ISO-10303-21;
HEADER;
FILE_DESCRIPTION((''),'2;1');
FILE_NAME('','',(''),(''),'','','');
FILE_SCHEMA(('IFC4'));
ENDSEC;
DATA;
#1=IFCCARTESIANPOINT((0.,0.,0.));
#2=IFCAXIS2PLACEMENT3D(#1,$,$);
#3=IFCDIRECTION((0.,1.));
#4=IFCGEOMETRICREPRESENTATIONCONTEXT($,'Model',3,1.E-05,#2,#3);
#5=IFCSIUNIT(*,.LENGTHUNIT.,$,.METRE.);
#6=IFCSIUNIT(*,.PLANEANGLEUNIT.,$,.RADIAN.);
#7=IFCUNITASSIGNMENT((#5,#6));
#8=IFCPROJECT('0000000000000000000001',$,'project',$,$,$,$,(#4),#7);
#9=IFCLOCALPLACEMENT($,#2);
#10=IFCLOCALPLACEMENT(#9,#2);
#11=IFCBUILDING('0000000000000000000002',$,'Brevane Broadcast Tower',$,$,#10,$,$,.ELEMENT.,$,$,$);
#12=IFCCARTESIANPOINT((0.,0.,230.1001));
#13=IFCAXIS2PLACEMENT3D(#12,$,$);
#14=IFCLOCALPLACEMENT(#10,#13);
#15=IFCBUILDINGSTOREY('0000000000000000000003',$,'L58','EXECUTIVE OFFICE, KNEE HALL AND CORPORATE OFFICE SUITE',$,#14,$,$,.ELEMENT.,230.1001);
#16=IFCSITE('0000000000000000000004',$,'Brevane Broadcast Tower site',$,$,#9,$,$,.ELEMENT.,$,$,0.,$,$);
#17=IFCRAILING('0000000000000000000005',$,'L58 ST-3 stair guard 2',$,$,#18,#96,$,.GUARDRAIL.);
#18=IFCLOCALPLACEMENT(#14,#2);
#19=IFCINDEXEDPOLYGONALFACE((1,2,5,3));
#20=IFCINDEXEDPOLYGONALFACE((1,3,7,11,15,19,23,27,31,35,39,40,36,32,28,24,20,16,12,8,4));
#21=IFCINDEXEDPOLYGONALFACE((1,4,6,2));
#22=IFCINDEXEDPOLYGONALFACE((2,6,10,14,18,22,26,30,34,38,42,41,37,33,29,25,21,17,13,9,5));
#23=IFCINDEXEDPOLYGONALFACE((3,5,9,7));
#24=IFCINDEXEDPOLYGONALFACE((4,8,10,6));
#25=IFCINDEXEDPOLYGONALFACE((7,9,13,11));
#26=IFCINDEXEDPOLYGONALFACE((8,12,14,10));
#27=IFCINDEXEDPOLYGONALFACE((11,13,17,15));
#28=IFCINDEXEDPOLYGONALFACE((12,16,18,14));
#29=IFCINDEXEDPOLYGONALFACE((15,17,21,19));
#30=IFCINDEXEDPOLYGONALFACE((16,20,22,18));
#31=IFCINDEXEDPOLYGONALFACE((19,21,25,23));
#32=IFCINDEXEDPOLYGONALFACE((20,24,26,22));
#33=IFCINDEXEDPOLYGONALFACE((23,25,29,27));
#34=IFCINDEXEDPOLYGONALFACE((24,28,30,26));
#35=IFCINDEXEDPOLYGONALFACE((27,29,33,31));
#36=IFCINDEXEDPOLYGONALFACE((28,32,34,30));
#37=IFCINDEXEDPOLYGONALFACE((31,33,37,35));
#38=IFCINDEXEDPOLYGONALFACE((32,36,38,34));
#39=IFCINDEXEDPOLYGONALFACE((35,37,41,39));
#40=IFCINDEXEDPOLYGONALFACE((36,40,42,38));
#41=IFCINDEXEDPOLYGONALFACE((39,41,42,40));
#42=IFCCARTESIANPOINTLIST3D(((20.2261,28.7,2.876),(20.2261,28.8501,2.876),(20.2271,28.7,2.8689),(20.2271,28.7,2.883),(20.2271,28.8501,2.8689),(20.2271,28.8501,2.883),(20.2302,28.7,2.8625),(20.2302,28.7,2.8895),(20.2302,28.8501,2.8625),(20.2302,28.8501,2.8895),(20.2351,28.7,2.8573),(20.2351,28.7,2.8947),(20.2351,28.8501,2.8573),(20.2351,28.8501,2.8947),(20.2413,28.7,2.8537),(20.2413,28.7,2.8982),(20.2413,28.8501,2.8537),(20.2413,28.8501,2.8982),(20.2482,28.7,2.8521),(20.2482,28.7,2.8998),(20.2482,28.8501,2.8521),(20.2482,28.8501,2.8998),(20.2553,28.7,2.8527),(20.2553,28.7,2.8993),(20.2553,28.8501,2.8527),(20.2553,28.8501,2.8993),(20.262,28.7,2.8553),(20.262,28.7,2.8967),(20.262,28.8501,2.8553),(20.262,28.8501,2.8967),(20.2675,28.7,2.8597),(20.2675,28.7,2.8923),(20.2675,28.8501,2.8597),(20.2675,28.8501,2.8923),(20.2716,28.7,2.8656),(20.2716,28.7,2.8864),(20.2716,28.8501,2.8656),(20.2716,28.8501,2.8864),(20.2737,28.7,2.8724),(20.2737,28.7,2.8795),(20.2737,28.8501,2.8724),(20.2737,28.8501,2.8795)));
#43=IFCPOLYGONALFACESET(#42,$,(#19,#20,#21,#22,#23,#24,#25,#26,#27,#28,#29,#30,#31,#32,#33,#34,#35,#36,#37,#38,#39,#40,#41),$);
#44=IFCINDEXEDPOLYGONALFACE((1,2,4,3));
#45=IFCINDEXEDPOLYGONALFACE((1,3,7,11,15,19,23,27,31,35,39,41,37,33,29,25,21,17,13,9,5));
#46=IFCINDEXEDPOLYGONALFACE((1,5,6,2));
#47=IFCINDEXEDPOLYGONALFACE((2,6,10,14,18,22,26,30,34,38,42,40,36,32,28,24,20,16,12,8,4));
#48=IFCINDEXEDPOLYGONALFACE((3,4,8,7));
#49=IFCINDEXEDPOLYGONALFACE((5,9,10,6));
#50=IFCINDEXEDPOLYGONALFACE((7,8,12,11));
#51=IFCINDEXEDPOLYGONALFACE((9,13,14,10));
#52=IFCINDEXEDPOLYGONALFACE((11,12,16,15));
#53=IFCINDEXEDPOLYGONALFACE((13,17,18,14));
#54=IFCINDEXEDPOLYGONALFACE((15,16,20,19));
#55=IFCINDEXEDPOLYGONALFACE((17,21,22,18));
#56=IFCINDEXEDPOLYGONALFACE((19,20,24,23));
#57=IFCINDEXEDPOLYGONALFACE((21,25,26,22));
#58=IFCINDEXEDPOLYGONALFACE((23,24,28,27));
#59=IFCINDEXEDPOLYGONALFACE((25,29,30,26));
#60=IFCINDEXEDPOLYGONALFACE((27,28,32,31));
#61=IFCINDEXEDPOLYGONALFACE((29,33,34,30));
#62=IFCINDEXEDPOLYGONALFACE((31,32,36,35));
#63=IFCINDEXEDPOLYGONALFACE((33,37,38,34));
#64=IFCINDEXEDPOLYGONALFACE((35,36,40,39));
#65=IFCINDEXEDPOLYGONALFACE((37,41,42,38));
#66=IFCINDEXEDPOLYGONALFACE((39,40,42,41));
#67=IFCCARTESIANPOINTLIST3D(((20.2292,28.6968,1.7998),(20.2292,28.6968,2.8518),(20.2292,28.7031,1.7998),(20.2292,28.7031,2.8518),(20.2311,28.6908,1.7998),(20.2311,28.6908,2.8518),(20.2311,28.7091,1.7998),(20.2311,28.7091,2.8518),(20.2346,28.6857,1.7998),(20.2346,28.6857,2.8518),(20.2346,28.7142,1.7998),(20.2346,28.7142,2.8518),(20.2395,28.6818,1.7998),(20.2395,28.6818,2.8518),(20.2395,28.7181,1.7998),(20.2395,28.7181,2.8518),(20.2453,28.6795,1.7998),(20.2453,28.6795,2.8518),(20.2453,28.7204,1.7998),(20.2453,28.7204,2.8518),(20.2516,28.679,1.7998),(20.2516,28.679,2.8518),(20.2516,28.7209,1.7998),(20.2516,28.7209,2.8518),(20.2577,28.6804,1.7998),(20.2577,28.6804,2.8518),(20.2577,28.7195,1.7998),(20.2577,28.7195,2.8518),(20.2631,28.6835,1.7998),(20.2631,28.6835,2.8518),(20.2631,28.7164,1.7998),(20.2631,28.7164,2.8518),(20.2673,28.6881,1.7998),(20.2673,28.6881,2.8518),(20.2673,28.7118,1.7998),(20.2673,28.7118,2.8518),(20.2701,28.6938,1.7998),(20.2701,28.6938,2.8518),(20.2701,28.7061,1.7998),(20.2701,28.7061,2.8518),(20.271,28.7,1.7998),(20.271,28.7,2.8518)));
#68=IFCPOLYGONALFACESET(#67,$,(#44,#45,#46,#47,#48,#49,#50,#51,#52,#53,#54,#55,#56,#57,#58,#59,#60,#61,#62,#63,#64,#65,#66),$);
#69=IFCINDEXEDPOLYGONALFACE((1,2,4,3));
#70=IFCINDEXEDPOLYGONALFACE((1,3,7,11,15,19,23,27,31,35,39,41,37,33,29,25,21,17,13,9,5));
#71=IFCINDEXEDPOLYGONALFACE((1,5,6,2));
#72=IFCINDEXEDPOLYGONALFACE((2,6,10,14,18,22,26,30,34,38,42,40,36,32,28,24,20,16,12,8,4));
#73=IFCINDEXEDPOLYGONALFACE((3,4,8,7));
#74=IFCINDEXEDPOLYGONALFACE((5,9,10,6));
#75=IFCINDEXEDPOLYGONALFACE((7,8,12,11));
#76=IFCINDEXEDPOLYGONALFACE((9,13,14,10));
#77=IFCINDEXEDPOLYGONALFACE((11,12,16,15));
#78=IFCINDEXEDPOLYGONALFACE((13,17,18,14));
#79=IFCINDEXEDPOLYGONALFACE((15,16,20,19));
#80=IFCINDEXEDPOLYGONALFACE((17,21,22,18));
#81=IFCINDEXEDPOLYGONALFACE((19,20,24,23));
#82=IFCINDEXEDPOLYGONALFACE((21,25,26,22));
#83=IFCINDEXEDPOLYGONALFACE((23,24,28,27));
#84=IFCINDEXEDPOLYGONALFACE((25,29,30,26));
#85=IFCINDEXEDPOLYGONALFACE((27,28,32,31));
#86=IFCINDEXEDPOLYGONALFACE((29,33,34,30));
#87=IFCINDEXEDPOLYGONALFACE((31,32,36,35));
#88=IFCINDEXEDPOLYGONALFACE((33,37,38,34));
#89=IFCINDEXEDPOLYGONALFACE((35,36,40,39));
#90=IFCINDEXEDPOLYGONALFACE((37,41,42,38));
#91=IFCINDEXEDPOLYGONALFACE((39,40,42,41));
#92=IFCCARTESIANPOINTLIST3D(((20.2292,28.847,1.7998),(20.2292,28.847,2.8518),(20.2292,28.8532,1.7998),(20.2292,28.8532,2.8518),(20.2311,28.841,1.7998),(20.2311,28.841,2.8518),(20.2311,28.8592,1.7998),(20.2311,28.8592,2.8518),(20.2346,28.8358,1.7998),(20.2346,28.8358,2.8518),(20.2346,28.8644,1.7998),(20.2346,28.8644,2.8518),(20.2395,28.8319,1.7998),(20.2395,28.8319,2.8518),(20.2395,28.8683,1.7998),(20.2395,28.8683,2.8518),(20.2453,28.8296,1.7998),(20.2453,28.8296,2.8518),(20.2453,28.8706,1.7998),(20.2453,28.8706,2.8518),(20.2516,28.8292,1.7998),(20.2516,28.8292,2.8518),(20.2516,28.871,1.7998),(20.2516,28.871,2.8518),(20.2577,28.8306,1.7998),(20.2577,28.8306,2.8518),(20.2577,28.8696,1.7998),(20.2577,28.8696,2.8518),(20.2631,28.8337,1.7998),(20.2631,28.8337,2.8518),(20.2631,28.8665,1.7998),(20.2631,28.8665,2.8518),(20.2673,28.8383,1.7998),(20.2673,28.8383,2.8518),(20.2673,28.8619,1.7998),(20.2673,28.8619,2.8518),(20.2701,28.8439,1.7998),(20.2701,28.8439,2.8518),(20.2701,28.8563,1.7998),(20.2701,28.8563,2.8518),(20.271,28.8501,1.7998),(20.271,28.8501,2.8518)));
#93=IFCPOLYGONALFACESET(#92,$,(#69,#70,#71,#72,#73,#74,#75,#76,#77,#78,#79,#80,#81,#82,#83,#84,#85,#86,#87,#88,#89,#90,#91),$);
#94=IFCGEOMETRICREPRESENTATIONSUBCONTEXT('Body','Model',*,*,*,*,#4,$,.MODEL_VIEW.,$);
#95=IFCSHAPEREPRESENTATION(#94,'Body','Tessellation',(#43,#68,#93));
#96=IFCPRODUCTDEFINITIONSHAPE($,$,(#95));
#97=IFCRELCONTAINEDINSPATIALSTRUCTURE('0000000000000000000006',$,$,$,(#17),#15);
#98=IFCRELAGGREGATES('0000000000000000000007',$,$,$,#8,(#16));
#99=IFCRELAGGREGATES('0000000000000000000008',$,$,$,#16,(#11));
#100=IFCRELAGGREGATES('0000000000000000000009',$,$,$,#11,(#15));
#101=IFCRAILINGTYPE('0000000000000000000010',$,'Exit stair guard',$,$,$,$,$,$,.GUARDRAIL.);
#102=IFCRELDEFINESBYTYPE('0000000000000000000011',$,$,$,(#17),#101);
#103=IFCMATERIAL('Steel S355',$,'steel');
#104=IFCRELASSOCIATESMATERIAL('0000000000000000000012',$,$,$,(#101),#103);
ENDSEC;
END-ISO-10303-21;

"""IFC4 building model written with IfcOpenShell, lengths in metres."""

from ifc_helpers import new_model, si_unit, direction, frame, origin, origin_2d, place, context, subcontext, project, spatial, circle, extrude, material, type_object, element, save


model = new_model("IFC4")

# Units and contexts
model_context = context("Model", 3, precision=1e-05, world=origin(), true_north=direction((0.0, 1.0)))
body_context = subcontext(model_context, "Body", "Model", "MODEL_VIEW")
ifc_project = project(units=[si_unit("LENGTHUNIT", "METRE"), si_unit("PLANEANGLEUNIT", "RADIAN")], contexts=[model_context])

# Site, building, storey
site_placement = place(None, origin())
site = spatial("IfcSite", under=ifc_project, at=site_placement, Name="Brevane Broadcast Tower site", CompositionType="ELEMENT", RefElevation=0.0)
building_placement = place(site_placement, origin())
building = spatial("IfcBuilding", under=site, at=building_placement, Name="Brevane Broadcast Tower", CompositionType="ELEMENT")
storey_placement = place(building_placement, frame((0.0, 0.0, 230.1001)))
storey = spatial("IfcBuildingStorey", under=building, at=storey_placement, Name="L58", Description="EXECUTIVE OFFICE, KNEE HALL AND CORPORATE OFFICE SUITE", CompositionType="ELEMENT", Elevation=230.1001)

# Railing
ifc_material_1 = material(Name="Steel S355", Category="steel")
railing_type_1 = type_object("IfcRailingType", Name="Exit stair guard", PredefinedType="GUARDRAIL", material=ifc_material_1)
railing_1_placement = place(storey_placement, frame((20.25, 28.7, 1.7998)))
element("IfcRailing", 1, at=railing_1_placement, inside=storey, type_object=railing_type_1, Name="L58 ST-3 stair guard 2", PredefinedType="GUARDRAIL", context=body_context, shape_type="SweptSolid", body=[
    extrude(circle(Radius=0.0239, at=origin_2d()), frame((0.0, 0.0, 1.0762), z_axis=(0.0, 1.0, 0.0), x_axis=(-1.0, 0.0, 0.0)), (0.0, 0.0, 1.0), 0.1501),
    extrude(circle(Radius=0.021, at=origin_2d()), origin(), (0.0, 0.0, 1.0), 1.052),
    extrude(circle(Radius=0.021, at=origin_2d()), frame((0.0, 0.1501, 0.0)), (0.0, 0.0, 1.0), 1.052),
])

save(model, "model.ifc")
